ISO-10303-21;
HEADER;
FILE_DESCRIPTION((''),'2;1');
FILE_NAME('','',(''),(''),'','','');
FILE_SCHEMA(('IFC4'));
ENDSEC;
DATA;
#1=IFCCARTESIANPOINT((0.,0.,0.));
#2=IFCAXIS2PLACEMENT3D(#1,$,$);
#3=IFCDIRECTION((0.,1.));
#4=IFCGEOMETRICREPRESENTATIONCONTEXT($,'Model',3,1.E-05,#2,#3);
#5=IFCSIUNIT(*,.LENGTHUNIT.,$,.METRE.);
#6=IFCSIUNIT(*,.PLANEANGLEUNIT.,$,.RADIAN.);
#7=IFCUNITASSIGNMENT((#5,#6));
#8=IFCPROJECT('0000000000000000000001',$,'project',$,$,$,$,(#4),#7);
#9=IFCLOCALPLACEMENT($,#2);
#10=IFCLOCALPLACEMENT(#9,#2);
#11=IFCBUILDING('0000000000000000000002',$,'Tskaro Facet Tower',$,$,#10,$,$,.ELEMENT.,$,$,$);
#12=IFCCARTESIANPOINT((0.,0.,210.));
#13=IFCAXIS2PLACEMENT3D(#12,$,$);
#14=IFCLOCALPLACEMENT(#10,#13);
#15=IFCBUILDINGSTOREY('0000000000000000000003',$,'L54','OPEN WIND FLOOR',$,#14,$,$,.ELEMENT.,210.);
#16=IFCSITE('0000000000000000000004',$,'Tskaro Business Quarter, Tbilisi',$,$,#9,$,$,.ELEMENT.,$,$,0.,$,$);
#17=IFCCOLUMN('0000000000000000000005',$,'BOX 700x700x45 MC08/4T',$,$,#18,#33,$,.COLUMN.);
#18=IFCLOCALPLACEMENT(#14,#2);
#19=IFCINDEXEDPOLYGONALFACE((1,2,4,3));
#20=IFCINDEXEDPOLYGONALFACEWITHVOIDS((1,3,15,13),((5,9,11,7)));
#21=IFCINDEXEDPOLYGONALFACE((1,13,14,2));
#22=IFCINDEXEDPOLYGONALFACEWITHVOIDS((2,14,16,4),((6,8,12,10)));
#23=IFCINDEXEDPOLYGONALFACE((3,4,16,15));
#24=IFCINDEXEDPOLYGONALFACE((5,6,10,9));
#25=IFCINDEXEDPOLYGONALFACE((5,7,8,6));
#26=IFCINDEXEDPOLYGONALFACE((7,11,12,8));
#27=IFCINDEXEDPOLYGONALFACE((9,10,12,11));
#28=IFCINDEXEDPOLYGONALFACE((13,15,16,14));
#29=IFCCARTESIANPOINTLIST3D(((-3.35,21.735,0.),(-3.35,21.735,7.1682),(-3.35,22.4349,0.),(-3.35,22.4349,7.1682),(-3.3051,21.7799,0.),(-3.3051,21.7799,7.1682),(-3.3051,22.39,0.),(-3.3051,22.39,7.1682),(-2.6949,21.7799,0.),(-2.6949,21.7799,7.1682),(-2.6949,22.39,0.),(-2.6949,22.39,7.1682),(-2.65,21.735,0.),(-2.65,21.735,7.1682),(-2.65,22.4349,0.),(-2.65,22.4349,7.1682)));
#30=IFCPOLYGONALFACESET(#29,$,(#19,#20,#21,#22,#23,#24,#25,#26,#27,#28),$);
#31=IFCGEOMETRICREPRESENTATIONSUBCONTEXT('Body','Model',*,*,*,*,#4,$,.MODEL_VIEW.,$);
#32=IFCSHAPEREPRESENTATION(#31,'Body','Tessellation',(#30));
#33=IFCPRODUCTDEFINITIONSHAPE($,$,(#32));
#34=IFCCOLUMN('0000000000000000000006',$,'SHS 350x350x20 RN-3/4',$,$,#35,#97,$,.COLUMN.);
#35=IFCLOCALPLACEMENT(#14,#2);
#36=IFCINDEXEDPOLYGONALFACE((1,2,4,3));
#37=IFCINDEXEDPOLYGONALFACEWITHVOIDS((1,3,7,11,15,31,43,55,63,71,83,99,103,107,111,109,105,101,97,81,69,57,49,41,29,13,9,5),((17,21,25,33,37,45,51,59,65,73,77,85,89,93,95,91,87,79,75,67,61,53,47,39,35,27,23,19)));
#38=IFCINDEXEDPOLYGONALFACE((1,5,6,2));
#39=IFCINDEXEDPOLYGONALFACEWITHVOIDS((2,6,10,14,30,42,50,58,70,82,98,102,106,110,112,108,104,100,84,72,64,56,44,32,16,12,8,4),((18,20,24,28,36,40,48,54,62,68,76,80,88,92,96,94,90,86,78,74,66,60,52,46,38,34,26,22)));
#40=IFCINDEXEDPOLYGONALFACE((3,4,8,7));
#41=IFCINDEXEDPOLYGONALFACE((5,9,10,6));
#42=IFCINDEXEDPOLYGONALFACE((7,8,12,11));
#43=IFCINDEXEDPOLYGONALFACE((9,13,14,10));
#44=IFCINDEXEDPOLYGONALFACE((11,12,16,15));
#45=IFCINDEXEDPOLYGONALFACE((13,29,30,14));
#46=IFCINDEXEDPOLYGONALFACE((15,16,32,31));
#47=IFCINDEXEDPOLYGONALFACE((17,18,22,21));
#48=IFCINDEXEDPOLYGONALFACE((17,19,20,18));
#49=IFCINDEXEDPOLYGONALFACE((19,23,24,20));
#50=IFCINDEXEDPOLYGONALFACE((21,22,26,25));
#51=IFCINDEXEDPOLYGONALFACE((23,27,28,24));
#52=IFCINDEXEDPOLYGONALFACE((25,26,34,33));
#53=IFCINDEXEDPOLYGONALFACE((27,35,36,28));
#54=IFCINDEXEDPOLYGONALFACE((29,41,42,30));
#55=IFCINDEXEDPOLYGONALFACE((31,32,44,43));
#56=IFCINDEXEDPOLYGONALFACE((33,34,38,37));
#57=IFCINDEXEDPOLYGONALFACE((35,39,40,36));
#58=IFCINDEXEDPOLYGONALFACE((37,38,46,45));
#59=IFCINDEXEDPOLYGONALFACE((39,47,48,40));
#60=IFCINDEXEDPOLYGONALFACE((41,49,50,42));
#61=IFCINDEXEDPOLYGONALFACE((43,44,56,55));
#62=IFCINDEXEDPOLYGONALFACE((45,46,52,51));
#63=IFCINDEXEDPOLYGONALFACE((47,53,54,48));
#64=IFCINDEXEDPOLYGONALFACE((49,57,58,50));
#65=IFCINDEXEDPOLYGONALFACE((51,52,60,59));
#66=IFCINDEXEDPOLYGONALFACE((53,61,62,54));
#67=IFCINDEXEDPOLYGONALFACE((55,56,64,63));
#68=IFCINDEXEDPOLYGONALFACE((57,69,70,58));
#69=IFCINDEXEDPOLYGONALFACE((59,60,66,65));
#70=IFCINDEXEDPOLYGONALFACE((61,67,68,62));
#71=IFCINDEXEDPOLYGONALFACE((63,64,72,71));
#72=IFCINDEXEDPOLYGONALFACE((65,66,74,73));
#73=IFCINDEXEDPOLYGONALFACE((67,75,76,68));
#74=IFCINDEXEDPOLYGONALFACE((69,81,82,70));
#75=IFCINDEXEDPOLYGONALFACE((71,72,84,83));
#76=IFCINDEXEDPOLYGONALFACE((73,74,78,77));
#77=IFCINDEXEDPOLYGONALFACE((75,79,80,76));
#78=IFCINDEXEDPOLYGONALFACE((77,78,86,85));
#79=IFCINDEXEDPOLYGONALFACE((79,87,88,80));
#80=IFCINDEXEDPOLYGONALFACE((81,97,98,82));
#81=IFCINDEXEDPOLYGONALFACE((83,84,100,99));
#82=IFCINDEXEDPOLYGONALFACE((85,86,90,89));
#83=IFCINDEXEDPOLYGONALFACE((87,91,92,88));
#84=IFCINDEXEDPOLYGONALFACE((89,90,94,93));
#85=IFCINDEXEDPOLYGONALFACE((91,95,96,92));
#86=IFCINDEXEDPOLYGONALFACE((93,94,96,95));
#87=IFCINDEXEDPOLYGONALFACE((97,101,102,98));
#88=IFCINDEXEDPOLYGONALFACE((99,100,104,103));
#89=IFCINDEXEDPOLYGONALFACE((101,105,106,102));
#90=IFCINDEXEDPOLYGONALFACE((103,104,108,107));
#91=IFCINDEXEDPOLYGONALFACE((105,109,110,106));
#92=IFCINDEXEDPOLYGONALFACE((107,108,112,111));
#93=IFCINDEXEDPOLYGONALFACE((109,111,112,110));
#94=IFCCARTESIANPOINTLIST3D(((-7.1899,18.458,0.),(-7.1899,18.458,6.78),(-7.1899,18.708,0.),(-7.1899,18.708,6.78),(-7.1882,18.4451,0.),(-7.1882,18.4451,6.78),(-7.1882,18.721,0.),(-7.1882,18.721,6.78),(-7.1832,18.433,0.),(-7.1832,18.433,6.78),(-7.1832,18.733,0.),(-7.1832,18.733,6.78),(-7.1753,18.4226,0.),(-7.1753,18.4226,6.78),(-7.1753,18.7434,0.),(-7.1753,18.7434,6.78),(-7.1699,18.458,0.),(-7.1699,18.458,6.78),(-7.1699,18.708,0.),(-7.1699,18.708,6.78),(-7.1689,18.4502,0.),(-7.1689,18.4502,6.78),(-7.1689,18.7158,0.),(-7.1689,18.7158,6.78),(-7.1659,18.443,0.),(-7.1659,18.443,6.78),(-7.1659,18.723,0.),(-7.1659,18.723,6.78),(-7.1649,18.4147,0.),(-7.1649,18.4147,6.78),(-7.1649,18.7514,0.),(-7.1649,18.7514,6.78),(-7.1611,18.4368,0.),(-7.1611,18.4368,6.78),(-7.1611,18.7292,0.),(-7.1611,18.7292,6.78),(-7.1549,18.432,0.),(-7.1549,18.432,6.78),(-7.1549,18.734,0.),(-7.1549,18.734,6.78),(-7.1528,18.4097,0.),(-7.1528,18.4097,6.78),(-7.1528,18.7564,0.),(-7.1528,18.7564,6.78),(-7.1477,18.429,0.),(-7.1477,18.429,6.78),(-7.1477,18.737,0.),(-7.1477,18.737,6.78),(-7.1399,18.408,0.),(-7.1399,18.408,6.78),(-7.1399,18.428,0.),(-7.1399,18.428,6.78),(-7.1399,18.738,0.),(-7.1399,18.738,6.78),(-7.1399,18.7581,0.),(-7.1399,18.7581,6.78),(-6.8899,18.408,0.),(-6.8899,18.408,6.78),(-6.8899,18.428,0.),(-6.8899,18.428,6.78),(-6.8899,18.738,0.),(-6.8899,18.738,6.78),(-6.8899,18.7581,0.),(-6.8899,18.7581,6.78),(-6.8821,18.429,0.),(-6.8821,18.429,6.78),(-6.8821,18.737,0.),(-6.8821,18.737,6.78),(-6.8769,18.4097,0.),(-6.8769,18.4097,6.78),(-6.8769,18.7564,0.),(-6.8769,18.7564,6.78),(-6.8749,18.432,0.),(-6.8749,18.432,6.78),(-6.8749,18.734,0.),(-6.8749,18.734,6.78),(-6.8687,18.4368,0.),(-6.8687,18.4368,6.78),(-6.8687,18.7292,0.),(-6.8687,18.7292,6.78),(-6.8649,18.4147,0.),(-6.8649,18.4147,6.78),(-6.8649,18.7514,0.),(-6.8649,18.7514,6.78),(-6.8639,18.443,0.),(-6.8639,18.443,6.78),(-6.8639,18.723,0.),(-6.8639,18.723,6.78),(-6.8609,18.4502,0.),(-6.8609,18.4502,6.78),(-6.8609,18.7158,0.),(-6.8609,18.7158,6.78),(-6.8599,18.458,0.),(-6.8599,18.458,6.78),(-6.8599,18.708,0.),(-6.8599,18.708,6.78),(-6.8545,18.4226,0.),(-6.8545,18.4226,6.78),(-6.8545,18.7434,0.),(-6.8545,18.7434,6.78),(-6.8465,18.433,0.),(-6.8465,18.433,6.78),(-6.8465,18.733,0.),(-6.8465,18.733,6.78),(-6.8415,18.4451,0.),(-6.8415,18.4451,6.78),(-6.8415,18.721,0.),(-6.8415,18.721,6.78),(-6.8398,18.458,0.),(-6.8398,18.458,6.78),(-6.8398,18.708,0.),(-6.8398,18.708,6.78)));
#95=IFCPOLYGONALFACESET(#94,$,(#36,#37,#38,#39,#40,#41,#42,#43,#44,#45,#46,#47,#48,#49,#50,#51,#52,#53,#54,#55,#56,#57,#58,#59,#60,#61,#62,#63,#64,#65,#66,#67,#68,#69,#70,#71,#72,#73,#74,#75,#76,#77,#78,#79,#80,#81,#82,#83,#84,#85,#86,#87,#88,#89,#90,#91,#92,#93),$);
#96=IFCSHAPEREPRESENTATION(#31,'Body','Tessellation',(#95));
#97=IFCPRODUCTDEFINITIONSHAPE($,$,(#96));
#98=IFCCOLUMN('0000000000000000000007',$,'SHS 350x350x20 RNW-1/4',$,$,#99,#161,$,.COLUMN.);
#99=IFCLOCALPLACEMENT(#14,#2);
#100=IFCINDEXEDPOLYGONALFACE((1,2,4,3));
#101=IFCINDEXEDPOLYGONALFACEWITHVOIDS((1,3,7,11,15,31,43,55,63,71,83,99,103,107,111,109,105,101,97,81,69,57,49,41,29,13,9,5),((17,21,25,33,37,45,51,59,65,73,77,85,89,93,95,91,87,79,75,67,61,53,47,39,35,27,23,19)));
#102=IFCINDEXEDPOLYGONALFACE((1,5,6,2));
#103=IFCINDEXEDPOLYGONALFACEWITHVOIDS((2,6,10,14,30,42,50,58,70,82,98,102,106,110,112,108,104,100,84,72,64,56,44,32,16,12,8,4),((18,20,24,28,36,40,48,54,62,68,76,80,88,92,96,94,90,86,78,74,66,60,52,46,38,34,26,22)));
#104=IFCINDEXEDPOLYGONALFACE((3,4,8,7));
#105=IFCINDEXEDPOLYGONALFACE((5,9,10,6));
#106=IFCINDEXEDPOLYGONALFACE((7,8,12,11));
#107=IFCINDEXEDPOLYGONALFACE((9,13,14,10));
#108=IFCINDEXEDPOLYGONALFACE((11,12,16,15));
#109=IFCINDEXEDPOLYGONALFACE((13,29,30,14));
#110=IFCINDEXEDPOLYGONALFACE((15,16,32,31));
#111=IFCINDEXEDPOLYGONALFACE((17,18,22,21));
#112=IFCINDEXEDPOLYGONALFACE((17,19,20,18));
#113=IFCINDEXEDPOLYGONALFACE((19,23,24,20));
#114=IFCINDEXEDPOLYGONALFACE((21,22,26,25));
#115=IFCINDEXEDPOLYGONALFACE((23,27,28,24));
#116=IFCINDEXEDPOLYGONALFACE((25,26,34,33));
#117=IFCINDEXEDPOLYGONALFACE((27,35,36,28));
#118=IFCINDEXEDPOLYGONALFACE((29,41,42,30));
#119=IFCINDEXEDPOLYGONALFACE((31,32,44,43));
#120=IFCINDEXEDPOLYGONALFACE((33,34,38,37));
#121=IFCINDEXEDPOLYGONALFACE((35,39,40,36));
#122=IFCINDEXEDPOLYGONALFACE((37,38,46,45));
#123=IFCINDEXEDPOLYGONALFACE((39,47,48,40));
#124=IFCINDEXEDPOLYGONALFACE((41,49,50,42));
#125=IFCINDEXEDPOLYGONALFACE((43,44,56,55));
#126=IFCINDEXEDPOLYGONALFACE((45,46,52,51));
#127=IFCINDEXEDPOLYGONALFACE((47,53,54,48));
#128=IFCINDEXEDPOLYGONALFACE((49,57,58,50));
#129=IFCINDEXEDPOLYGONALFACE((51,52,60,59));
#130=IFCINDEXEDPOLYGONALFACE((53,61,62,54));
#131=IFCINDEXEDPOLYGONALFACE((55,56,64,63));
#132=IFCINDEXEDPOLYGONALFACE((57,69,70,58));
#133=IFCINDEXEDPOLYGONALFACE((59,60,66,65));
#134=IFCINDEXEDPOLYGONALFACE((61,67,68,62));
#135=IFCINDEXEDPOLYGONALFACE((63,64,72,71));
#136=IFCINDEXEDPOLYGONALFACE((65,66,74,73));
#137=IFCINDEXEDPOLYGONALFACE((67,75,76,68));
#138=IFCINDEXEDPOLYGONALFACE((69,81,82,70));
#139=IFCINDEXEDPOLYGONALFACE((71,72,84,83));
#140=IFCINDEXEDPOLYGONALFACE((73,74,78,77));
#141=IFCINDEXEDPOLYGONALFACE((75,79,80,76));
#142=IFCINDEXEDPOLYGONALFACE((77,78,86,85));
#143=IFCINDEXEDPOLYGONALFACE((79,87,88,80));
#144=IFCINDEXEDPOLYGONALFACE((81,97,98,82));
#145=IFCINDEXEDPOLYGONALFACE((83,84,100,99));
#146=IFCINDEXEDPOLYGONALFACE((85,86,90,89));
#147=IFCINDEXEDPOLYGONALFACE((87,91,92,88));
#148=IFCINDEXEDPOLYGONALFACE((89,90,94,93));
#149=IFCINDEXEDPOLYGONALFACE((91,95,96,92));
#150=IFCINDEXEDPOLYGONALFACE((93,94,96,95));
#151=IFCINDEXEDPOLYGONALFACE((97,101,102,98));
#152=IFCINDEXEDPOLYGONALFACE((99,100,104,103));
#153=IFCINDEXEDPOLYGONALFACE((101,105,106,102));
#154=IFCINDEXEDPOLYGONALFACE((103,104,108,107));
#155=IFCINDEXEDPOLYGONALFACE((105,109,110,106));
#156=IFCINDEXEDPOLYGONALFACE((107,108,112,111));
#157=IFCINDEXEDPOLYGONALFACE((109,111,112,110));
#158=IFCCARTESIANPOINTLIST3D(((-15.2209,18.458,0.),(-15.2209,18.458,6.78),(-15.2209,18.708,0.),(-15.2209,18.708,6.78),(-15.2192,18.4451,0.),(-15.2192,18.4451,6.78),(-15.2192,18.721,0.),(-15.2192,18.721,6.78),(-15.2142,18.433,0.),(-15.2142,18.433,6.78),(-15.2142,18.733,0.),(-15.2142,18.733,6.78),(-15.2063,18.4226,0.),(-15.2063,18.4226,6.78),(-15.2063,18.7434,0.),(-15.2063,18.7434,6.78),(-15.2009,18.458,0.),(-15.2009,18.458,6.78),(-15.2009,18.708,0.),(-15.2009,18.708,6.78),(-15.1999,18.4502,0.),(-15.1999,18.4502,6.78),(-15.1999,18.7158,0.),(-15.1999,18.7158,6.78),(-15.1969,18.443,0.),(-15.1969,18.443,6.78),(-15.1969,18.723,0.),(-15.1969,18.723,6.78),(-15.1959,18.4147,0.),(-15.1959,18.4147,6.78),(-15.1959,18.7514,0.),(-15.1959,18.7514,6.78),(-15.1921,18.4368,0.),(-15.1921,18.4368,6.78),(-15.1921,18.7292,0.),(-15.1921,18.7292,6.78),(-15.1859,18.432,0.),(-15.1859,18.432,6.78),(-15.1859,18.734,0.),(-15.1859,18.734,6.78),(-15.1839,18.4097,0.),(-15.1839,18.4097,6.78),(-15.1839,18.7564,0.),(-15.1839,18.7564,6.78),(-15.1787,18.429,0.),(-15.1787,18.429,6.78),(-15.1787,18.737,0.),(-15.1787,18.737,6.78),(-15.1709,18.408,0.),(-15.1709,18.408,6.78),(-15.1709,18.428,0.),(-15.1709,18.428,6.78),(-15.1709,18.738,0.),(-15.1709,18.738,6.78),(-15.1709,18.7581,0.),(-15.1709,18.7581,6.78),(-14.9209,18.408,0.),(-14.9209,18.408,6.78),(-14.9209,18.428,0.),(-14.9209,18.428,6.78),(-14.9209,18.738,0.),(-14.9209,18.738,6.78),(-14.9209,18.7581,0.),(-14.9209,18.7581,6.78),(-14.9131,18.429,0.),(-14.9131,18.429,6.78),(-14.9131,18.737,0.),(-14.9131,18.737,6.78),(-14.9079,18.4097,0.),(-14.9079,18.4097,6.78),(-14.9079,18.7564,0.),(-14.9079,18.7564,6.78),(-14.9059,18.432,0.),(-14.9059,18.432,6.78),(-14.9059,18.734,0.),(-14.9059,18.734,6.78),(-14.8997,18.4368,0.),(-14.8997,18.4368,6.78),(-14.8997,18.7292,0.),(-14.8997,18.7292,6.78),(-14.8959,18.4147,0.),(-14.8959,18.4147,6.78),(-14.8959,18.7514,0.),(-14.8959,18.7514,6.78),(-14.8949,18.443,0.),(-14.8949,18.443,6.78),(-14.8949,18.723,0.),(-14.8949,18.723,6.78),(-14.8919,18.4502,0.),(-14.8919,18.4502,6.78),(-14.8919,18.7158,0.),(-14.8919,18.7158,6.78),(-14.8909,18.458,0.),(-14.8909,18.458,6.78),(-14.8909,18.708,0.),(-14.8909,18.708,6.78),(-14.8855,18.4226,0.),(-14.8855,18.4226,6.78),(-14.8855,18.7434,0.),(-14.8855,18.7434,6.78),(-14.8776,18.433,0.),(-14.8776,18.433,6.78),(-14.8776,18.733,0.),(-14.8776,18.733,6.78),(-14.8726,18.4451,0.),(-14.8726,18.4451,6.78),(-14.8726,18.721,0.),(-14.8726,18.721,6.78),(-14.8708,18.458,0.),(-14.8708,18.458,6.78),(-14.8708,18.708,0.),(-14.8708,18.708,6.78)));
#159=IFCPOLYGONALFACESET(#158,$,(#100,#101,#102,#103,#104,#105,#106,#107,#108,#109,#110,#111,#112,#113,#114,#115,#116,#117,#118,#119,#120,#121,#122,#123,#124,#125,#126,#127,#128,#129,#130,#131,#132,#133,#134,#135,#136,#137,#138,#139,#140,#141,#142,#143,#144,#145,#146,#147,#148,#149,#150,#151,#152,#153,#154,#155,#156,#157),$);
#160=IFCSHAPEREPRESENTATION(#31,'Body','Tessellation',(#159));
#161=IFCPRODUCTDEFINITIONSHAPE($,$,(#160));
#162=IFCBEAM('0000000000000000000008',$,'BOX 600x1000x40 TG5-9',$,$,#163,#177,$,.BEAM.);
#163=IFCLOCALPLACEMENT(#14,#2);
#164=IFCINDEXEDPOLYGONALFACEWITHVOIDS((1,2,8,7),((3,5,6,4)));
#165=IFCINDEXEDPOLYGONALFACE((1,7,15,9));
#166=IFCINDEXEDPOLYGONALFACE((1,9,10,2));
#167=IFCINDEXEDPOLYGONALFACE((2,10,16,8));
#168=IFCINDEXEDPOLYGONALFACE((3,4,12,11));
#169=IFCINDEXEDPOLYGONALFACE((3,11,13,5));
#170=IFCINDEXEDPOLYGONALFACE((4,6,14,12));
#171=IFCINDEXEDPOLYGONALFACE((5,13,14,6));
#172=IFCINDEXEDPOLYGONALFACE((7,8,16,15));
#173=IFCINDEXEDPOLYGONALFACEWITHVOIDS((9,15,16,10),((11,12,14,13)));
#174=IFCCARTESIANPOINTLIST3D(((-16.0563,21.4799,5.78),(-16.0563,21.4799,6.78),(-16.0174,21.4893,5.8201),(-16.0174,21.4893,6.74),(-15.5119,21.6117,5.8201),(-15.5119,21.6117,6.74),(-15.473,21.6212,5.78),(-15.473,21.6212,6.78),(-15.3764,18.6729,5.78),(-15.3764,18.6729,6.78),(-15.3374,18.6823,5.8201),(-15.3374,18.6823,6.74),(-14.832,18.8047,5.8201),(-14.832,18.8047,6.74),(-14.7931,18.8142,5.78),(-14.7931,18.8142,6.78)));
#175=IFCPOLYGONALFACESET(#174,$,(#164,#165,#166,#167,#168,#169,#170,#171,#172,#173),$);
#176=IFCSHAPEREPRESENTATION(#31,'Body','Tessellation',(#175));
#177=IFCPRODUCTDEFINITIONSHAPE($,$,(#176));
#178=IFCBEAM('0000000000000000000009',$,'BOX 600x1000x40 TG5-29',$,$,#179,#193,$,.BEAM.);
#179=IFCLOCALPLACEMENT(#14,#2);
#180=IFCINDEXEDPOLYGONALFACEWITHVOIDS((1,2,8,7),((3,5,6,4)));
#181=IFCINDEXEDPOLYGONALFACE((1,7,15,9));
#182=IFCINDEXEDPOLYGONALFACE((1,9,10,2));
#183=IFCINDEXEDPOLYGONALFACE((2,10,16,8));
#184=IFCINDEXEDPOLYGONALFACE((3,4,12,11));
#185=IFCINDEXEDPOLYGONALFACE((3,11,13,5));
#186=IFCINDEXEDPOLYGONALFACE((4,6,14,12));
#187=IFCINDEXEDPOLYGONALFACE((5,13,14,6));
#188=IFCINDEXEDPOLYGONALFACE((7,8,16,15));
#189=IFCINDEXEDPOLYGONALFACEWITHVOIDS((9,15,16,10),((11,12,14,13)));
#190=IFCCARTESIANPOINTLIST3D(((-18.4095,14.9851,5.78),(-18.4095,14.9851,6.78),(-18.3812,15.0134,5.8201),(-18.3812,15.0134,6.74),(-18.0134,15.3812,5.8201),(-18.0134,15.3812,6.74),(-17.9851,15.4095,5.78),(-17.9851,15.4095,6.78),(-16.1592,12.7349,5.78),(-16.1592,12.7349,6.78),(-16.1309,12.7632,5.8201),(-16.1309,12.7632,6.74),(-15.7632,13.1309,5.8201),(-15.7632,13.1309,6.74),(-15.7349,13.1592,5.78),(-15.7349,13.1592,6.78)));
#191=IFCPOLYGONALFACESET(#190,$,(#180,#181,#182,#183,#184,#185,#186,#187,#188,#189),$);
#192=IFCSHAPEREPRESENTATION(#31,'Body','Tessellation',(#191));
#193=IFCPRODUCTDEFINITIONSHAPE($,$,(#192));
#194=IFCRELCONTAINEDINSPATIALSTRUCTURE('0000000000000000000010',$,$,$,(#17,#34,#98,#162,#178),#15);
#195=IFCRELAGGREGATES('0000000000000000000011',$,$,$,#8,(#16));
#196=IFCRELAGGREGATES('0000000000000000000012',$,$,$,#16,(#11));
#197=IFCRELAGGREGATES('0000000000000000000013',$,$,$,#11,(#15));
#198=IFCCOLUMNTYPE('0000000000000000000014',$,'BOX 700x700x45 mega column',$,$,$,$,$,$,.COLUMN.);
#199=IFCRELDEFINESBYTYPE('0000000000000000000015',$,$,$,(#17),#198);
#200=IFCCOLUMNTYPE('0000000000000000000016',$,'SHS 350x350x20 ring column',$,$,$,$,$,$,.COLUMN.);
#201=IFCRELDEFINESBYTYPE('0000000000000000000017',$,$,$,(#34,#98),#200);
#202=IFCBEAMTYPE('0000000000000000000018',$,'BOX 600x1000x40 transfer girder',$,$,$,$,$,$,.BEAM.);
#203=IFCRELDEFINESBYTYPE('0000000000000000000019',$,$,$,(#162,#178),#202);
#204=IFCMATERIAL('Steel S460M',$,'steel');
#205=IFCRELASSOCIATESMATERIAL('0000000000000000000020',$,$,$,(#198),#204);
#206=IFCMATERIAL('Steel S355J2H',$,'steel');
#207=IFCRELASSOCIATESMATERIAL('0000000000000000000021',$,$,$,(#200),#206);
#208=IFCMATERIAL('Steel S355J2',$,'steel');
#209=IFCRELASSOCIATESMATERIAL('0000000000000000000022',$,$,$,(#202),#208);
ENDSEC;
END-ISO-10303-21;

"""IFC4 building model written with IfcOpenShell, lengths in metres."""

from ifc_helpers import new_model, si_unit, direction, frame, origin, origin_2d, place, context, subcontext, project, spatial, hollow_rectangle, extrude, material, material_profile, profile_set, type_object, element, save


model = new_model("IFC4")

# Units and contexts
model_context = context("Model", 3, precision=1e-05, world=origin(), true_north=direction((0.0, 1.0)))
body_context = subcontext(model_context, "Body", "Model", "MODEL_VIEW")
ifc_project = project(units=[si_unit("LENGTHUNIT", "METRE"), si_unit("PLANEANGLEUNIT", "RADIAN")], contexts=[model_context])

# Site, building, storey
site_placement = place(None, origin())
site = spatial("IfcSite", under=ifc_project, at=site_placement, Name="Tskaro Business Quarter, Tbilisi", CompositionType="ELEMENT", RefElevation=0.0)
building_placement = place(site_placement, origin())
building = spatial("IfcBuilding", under=site, at=building_placement, Name="Tskaro Facet Tower", CompositionType="ELEMENT")
storey_placement = place(building_placement, frame((0.0, 0.0, 210.0)))
storey = spatial("IfcBuildingStorey", under=building, at=storey_placement, Name="L54", Description="OPEN WIND FLOOR", CompositionType="ELEMENT", Elevation=210.0)

# Columns
ifc_material_1 = material(Name="Steel S460M", Category="steel")
ifc_material_profile_1 = material_profile(ifc_material_1, hollow_rectangle(XDim=0.7, YDim=0.7, WallThickness=0.0449, at=origin_2d()), Name="BOX 700x700x45")
ifc_profile_set_1 = profile_set([ifc_material_profile_1], Name="Steel S460M")
column_type_1 = type_object("IfcColumnType", Name="BOX 700x700x45 mega column", PredefinedType="COLUMN", material=ifc_profile_set_1)
column_placement = place(storey_placement, frame((-3.0, 22.085, 0.0), z_axis=(0.0, 0.0, 1.0), x_axis=(1.0, 0.0, 0.0)))
element("IfcColumn", 1, at=column_placement, inside=storey, type_object=column_type_1, Name="BOX 700x700x45 MC08/4T", PredefinedType="COLUMN", context=body_context, shape_type="SweptSolid", body=[
    extrude(hollow_rectangle(XDim=0.7, YDim=0.7, WallThickness=0.0449, at=origin_2d()), origin(), (0.0, 0.0, 1.0), 7.1682),
])
ifc_material_2 = material(Name="Steel S355J2H", Category="steel")
ifc_material_profile_2 = material_profile(ifc_material_2, hollow_rectangle(XDim=0.3501, YDim=0.3501, WallThickness=0.02, InnerFilletRadius=0.03, OuterFilletRadius=0.05, at=origin_2d()), Name="SHS 350x350x20")
ifc_profile_set_2 = profile_set([ifc_material_profile_2], Name="Steel S355J2H")
column_type_2 = type_object("IfcColumnType", Name="SHS 350x350x20 ring column", PredefinedType="COLUMN", material=ifc_profile_set_2)
for number, where, z_axis, x_axis, name in (
    (2, (-7.0149, 18.583, 0.0), (0.0, 0.0, 1.0), (1.0, 0.0, 0.0), "SHS 350x350x20 RN-3/4"),
    (3, (-15.0459, 18.583, 0.0), (0.0, 0.0, 1.0), (1.0, 0.0, 0.0), "SHS 350x350x20 RNW-1/4"),
):
    element("IfcColumn", number, at=place(storey_placement, frame(where, z_axis=z_axis, x_axis=x_axis)), inside=storey, type_object=column_type_2, Name=name, PredefinedType="COLUMN", context=body_context, shape_type="SweptSolid", body=[
        extrude(hollow_rectangle(XDim=0.3501, YDim=0.3501, WallThickness=0.02, InnerFilletRadius=0.03, OuterFilletRadius=0.05, at=origin_2d()), origin(), (0.0, 0.0, 1.0), 6.78),
    ])

# Beams
ifc_material_3 = material(Name="Steel S355J2", Category="steel")
ifc_material_profile_3 = material_profile(ifc_material_3, hollow_rectangle(XDim=0.6001, YDim=1.0, WallThickness=0.04, at=origin_2d()), Name="BOX 600x1000x40")
ifc_profile_set_3 = profile_set([ifc_material_profile_3], Name="Steel S355J2")
beam_type_1 = type_object("IfcBeamType", Name="BOX 600x1000x40 transfer girder", PredefinedType="BEAM", material=ifc_profile_set_3)
beam_1_placement = place(storey_placement, frame((-15.7646, 21.5505, 6.28), z_axis=(0.235409, -0.971896, 0.0), x_axis=(0.971896, 0.235409, 0.0)))
element("IfcBeam", 4, at=beam_1_placement, inside=storey, type_object=beam_type_1, Name="BOX 600x1000x40 TG5-9", PredefinedType="BEAM", context=body_context, shape_type="SweptSolid", body=[
    extrude(hollow_rectangle(XDim=0.6001, YDim=1.0, WallThickness=0.04, at=origin_2d()), origin(), (0.0, 0.0, 1.0), 2.8882),
])
beam_2_placement = place(storey_placement, frame((-15.947, 12.947, 6.28), z_axis=(-0.707107, 0.707107, 0.0), x_axis=(-0.707107, -0.707107, 0.0)))
element("IfcBeam", 5, at=beam_2_placement, inside=storey, type_object=beam_type_1, Name="BOX 600x1000x40 TG5-29", PredefinedType="BEAM", context=body_context, shape_type="SweptSolid", body=[
    extrude(hollow_rectangle(XDim=0.6001, YDim=1.0, WallThickness=0.04, at=origin_2d()), origin(), (0.0, 0.0, 1.0), 3.1824),
])

save(model, "model.ifc")
